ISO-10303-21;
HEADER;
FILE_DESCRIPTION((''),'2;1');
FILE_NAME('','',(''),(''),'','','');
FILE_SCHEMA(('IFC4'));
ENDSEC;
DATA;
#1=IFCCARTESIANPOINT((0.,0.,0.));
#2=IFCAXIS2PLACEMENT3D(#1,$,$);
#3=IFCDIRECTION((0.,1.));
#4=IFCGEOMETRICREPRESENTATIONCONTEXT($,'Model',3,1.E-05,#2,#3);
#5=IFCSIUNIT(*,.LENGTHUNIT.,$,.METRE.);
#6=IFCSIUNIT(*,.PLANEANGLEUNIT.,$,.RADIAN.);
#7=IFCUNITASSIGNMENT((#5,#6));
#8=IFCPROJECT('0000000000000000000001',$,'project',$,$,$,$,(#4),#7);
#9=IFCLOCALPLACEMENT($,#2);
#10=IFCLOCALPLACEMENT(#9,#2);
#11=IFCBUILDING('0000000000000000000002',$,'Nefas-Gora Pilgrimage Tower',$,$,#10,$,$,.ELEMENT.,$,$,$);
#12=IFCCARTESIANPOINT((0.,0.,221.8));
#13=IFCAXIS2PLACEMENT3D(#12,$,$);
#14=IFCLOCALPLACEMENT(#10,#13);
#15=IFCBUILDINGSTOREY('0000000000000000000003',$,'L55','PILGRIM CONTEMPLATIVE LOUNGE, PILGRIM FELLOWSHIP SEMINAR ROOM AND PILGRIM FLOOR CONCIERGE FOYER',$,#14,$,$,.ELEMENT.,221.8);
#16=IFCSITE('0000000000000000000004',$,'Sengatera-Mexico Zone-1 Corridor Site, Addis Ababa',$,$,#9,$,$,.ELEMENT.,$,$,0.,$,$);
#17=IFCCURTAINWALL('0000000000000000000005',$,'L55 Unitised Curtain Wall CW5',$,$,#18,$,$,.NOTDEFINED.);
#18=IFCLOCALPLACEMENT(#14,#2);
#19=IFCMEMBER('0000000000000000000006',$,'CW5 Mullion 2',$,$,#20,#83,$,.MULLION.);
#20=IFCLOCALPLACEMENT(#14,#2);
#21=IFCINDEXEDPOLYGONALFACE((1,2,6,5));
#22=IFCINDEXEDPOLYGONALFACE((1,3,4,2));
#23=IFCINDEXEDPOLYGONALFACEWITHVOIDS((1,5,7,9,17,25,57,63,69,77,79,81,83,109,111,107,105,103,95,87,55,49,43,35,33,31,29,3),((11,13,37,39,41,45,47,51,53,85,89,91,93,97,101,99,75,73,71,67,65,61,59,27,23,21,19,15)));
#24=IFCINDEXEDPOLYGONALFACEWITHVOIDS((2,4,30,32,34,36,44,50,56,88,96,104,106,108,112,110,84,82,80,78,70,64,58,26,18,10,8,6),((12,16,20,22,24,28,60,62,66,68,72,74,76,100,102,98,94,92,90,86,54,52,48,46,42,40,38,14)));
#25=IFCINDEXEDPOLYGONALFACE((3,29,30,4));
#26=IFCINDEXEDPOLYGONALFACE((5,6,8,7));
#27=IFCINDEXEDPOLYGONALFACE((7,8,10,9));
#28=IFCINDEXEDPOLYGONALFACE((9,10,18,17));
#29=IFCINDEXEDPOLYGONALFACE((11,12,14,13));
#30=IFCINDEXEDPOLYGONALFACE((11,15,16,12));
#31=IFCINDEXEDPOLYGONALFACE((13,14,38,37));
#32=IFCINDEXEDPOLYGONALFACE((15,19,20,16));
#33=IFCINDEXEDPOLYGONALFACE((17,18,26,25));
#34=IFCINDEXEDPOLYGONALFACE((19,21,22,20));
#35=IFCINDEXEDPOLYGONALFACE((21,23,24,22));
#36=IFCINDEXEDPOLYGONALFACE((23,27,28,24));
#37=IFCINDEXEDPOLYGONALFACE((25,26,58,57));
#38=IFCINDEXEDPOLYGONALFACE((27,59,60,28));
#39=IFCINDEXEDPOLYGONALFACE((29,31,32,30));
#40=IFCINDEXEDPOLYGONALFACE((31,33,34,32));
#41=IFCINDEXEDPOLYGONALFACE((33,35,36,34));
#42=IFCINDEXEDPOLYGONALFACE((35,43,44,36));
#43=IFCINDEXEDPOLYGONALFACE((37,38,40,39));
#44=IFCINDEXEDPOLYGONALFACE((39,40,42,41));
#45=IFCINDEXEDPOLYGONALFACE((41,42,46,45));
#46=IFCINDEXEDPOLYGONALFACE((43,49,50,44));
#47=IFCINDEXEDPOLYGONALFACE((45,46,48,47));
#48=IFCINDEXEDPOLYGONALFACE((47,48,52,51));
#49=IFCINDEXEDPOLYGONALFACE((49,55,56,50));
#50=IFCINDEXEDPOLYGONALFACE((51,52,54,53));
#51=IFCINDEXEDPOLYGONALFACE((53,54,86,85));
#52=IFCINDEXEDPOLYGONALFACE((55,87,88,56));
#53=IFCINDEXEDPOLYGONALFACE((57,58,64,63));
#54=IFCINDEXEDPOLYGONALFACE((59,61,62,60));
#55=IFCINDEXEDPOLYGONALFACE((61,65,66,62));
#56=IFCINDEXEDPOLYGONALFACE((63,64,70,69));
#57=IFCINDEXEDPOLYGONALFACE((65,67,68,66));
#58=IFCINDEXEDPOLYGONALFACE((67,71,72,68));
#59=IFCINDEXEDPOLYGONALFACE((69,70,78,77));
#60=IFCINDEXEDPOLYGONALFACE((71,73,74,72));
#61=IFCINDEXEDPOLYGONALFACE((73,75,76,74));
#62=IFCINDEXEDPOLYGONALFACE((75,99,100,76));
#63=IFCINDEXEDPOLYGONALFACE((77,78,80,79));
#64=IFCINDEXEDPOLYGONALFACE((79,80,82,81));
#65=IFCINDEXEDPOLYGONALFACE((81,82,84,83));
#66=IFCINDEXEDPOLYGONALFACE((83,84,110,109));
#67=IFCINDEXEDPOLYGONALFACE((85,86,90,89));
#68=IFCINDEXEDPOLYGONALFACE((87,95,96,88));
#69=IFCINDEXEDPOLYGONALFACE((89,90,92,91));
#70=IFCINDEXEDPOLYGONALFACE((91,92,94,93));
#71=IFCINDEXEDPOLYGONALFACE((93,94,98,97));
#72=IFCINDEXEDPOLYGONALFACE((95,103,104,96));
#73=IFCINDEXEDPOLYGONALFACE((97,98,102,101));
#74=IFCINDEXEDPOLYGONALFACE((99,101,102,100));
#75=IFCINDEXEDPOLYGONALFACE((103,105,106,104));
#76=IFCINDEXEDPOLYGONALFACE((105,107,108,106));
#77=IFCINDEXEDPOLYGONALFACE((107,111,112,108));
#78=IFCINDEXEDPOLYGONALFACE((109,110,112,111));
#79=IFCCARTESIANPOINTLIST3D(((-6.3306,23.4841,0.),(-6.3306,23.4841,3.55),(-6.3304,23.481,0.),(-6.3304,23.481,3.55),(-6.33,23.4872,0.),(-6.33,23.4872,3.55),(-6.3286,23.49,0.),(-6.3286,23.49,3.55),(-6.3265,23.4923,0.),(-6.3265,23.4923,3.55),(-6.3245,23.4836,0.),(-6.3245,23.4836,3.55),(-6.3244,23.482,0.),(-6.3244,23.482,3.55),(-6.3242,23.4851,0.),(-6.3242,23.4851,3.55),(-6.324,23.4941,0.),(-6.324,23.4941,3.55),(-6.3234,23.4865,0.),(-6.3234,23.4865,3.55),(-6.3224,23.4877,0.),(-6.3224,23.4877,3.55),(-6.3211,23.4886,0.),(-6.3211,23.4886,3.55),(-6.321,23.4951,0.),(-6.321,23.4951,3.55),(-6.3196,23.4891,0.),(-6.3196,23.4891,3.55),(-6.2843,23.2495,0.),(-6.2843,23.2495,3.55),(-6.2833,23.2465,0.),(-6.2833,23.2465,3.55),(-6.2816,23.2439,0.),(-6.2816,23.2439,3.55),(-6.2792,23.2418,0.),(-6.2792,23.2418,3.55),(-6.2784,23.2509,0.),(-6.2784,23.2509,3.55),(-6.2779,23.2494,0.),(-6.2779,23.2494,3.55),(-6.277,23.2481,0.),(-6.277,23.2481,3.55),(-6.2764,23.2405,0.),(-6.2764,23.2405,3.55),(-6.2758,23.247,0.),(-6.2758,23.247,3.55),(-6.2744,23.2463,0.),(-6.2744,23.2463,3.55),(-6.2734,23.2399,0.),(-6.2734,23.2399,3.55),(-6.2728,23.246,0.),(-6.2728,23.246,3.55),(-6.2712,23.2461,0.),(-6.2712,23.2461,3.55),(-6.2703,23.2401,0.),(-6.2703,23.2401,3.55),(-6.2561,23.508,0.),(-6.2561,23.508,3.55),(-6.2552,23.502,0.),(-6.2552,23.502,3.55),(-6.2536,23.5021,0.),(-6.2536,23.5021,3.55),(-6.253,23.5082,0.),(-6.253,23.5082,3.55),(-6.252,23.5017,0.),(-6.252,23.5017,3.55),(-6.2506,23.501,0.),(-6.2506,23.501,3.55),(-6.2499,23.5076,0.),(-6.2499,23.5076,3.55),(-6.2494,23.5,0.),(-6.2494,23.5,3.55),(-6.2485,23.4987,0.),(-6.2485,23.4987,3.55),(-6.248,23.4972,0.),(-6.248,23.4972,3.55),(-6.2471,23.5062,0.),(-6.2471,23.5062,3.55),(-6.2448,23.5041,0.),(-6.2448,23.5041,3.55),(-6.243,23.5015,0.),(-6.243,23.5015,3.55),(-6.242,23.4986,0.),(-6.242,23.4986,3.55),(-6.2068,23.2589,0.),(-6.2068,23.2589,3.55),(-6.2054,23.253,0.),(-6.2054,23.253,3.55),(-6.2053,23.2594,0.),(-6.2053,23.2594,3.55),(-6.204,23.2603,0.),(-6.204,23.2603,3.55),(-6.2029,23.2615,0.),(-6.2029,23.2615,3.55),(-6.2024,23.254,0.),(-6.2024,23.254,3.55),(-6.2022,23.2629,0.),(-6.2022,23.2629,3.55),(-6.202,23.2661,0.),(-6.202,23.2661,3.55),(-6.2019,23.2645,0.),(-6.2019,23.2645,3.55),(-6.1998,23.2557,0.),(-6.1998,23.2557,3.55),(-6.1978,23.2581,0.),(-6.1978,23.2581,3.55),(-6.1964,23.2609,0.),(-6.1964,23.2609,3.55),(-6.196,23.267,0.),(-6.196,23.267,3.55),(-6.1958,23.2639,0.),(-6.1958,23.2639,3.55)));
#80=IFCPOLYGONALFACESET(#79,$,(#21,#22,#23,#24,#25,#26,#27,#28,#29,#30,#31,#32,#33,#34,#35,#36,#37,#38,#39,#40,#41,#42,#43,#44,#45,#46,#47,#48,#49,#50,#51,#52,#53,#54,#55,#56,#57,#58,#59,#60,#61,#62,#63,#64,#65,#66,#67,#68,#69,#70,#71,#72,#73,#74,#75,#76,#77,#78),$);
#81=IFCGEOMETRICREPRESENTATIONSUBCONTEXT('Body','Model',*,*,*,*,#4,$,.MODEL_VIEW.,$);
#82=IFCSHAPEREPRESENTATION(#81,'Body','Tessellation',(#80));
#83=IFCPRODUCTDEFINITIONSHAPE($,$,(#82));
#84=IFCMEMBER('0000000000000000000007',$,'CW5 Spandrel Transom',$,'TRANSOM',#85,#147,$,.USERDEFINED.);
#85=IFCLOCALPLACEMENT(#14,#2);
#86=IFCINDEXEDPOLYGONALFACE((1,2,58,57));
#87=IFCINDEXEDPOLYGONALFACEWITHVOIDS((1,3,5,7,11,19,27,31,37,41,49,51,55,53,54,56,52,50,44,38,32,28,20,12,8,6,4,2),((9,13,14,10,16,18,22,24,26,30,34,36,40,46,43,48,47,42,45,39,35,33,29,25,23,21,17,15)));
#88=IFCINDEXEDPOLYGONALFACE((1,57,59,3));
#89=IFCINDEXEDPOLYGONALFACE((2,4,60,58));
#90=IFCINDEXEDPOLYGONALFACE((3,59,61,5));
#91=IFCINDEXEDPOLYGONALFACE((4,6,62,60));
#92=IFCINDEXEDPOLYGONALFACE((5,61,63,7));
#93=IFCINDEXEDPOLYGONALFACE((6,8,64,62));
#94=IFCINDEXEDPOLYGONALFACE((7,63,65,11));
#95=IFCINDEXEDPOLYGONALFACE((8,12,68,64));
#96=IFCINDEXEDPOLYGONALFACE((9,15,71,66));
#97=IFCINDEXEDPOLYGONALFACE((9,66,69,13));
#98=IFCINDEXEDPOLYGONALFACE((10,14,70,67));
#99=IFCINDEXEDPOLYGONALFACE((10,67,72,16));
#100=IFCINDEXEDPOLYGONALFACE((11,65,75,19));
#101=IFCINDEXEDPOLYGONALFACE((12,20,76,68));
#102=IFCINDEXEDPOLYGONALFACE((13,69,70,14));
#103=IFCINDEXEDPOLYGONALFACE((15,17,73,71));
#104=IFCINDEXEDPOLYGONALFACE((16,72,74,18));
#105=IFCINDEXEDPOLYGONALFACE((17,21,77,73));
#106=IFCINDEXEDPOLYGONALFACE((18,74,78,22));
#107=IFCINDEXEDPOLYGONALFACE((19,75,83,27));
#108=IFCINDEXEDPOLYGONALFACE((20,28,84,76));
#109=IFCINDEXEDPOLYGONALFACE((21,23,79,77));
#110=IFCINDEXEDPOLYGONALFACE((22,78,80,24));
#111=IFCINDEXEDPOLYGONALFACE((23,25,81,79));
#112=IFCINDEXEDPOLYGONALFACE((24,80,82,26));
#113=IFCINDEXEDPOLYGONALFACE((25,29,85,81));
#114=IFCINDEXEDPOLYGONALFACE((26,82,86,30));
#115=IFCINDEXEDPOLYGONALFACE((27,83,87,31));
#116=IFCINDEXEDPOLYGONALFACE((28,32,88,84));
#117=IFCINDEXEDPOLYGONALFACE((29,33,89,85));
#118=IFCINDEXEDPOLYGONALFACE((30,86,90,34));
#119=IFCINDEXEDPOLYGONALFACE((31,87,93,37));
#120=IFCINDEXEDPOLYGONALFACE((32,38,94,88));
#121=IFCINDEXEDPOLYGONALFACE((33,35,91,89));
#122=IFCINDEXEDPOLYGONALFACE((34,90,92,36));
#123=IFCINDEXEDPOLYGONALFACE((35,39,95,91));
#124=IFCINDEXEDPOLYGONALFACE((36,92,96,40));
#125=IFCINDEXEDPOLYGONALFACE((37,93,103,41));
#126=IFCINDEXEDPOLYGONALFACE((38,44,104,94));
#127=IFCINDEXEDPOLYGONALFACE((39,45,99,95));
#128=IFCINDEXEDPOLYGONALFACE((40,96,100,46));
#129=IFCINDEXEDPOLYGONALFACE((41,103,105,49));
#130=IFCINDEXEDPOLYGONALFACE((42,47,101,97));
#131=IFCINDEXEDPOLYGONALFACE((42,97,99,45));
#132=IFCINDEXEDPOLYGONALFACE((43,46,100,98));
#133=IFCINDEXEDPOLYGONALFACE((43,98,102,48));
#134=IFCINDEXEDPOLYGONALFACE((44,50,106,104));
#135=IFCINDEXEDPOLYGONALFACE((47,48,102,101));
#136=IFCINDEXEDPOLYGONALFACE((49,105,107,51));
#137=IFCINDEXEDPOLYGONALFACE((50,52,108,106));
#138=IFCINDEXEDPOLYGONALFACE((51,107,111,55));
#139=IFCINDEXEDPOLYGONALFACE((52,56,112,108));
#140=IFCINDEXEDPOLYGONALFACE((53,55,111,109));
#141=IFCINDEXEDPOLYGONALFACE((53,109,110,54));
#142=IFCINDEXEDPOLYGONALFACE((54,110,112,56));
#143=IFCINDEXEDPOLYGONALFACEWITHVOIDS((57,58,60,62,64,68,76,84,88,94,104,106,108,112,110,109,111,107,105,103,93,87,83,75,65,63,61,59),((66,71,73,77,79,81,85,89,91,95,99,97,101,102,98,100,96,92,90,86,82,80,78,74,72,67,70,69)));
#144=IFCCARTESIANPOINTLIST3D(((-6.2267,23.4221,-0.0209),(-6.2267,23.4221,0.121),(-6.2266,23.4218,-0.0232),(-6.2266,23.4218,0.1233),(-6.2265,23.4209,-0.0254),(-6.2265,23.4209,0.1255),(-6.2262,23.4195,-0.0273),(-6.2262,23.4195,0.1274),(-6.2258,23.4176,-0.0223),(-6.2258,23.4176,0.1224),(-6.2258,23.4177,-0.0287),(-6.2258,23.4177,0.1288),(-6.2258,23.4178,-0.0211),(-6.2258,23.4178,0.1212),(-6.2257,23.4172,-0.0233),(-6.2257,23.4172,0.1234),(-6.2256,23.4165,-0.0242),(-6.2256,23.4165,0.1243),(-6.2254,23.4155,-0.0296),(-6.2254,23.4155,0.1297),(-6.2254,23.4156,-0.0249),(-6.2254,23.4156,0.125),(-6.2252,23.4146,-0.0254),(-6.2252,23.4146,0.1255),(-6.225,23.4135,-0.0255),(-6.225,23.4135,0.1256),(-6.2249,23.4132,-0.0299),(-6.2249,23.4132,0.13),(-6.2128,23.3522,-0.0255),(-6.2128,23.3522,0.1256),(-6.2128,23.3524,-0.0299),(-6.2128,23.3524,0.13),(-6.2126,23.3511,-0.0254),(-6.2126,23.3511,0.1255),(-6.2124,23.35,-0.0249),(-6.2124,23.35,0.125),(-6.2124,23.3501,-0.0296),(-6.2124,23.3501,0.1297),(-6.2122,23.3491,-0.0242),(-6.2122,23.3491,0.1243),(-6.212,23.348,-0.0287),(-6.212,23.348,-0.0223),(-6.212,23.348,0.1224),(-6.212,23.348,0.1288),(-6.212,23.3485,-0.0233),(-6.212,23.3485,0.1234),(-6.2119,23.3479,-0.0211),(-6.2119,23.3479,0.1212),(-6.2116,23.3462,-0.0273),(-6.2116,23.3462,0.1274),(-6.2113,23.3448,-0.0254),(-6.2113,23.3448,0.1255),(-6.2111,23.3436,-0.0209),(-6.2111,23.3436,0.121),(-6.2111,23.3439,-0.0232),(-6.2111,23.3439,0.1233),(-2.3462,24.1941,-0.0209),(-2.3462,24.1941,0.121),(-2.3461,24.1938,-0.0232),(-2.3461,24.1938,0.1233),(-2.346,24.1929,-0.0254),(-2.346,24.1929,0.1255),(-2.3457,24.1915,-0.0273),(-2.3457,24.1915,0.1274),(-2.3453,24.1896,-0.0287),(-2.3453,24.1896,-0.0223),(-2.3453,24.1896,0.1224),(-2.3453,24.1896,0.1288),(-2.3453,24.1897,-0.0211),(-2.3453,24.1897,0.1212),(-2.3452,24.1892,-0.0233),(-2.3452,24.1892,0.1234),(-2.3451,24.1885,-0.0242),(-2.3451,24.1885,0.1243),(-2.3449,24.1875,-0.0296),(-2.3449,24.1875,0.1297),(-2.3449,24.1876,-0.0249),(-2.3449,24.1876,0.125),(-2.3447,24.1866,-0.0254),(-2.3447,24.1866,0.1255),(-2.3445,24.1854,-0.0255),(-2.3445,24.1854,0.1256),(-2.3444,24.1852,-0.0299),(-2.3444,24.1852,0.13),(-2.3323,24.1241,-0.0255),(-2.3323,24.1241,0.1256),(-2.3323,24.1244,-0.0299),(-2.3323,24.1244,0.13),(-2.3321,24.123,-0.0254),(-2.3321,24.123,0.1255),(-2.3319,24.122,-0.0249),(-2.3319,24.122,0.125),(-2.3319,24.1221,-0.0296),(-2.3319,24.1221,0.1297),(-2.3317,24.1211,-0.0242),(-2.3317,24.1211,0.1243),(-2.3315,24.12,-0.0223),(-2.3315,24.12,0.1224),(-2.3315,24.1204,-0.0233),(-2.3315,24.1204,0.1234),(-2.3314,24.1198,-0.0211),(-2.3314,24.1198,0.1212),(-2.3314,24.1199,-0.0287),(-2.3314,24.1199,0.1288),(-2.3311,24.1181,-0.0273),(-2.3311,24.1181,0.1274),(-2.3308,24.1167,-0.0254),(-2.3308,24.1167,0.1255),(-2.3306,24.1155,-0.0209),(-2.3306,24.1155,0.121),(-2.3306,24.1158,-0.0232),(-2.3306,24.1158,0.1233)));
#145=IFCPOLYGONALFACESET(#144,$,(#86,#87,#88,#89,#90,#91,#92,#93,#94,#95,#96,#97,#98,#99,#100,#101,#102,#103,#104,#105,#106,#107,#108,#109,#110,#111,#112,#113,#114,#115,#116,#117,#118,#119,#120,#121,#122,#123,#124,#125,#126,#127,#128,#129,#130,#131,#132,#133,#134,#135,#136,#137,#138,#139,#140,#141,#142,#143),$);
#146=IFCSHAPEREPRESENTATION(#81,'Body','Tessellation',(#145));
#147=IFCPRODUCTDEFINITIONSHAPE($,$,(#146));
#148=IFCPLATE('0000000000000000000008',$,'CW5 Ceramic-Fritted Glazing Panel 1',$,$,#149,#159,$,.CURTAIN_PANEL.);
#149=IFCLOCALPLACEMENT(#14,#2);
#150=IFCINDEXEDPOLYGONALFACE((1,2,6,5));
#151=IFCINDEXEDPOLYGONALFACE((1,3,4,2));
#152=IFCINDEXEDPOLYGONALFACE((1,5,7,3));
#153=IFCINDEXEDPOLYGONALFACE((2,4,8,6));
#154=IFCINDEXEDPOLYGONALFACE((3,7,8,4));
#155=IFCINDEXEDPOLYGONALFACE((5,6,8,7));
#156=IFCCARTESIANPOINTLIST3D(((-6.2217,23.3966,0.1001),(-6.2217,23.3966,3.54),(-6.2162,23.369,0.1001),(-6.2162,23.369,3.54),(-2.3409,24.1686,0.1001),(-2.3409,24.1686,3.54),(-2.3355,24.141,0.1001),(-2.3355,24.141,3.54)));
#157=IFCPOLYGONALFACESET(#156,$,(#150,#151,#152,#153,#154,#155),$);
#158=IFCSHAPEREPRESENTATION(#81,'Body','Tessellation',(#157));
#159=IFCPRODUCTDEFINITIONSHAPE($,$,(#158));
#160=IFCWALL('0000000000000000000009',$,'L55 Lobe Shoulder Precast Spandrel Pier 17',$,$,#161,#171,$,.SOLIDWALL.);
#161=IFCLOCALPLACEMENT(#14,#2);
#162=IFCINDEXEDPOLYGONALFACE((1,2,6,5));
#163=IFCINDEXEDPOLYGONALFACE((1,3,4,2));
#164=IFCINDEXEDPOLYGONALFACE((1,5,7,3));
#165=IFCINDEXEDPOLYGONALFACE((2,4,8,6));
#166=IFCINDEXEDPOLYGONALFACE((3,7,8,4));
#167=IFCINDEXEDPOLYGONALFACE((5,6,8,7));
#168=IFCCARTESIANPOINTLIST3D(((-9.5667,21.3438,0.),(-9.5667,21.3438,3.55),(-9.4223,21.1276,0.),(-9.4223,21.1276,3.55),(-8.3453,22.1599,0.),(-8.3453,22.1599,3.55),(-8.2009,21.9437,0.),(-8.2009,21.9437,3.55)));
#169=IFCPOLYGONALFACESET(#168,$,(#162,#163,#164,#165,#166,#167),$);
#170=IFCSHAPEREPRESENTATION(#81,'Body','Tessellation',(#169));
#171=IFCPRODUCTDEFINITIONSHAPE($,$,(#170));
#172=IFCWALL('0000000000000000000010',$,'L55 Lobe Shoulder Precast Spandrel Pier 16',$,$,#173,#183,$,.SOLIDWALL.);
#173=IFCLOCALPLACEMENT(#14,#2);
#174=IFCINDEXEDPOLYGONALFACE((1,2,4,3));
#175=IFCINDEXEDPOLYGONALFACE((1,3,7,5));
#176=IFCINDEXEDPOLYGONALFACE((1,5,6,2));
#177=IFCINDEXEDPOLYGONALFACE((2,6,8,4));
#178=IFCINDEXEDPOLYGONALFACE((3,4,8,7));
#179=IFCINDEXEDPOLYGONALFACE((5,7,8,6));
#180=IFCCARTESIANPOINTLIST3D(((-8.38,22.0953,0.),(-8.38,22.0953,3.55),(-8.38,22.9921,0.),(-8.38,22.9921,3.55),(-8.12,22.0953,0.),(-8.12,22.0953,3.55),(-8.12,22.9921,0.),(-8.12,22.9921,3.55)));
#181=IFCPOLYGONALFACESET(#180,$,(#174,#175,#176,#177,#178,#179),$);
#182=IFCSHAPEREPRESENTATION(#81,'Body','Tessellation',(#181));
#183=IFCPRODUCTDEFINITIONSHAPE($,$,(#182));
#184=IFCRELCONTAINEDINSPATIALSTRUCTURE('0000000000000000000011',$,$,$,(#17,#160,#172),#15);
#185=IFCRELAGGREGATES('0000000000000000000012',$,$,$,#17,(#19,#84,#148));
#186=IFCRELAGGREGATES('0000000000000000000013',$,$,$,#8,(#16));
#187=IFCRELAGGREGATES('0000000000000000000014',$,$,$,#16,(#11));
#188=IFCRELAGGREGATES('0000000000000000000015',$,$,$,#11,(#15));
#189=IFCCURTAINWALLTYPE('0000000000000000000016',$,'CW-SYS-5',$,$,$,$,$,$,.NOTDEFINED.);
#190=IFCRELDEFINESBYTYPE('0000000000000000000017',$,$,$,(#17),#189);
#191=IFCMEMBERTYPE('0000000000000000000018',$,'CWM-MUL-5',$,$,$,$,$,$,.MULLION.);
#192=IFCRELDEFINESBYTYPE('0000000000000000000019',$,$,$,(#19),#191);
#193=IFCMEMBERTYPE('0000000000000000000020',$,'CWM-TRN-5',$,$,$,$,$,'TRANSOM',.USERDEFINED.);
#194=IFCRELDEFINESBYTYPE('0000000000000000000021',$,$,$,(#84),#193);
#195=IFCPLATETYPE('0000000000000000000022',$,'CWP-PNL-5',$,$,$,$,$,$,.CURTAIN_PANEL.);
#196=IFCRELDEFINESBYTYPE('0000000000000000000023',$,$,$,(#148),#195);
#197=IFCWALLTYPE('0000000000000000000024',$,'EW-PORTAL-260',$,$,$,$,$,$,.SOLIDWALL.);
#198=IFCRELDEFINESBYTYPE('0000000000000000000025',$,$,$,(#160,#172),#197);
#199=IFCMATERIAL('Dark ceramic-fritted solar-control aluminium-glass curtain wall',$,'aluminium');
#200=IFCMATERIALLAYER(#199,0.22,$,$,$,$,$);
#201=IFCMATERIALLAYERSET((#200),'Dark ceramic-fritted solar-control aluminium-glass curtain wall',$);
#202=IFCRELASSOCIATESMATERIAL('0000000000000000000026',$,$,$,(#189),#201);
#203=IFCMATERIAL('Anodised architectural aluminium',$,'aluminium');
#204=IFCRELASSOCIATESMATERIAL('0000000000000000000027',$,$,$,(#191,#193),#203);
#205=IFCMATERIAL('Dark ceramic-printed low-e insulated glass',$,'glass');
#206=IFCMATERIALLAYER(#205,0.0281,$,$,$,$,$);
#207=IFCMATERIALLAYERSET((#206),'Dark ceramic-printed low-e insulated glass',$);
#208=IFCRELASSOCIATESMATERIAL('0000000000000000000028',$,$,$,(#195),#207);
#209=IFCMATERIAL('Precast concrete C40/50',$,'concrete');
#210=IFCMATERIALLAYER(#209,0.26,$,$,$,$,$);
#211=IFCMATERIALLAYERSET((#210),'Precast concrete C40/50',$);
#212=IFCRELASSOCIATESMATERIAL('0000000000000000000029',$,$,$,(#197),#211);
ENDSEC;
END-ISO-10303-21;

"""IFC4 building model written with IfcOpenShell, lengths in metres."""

from ifc_helpers import new_model, si_unit, direction, frame, frame_2d, origin, origin_2d, place, context, subcontext, project, spatial, rectangle, hollow_rectangle, extrude, source, transform, mapped, material, layer, layer_set, material_profile, profile_set, type_object, element, aggregate, save


model = new_model("IFC4")

# Units and contexts
model_context = context("Model", 3, precision=1e-05, world=origin(), true_north=direction((0.0, 1.0)))
body_context = subcontext(model_context, "Body", "Model", "MODEL_VIEW")
ifc_project = project(units=[si_unit("LENGTHUNIT", "METRE"), si_unit("PLANEANGLEUNIT", "RADIAN")], contexts=[model_context])

# Site, building, storey
site_placement = place(None, origin())
site = spatial("IfcSite", under=ifc_project, at=site_placement, Name="Sengatera-Mexico Zone-1 Corridor Site, Addis Ababa", CompositionType="ELEMENT", RefElevation=0.0)
building_placement = place(site_placement, origin())
building = spatial("IfcBuilding", under=site, at=building_placement, Name="Nefas-Gora Pilgrimage Tower", CompositionType="ELEMENT")
storey_placement = place(building_placement, frame((0.0, 0.0, 221.8)))
storey = spatial("IfcBuildingStorey", under=building, at=storey_placement, Name="L55", Description="PILGRIM CONTEMPLATIVE LOUNGE, PILGRIM FELLOWSHIP SEMINAR ROOM AND PILGRIM FLOOR CONCIERGE FOYER", CompositionType="ELEMENT", Elevation=221.8)

# Shared definitions
ifc_material_1 = material(Name="Dark ceramic-fritted solar-control aluminium-glass curtain wall", Category="aluminium")
ifc_layer_1 = layer(ifc_material_1, 0.22)
ifc_layer_set_1 = layer_set([ifc_layer_1], Name="Dark ceramic-fritted solar-control aluminium-glass curtain wall")
curtain_wall_type = type_object("IfcCurtainWallType", Name="CW-SYS-5", PredefinedType="NOTDEFINED", material=ifc_layer_set_1)
ifc_material_2 = material(Name="Anodised architectural aluminium", Category="aluminium")
ifc_material_profile_1 = material_profile(ifc_material_2, hollow_rectangle(XDim=0.0901, YDim=0.26, WallThickness=0.0061, InnerFilletRadius=0.0061, OuterFilletRadius=0.012, at=origin_2d()), Name="ALU MULLION 90x260")
ifc_profile_set_1 = profile_set([ifc_material_profile_1], Name="Anodised architectural aluminium")
member_type_1 = type_object("IfcMemberType", Name="CWM-MUL-5", PredefinedType="MULLION", material=ifc_profile_set_1)
shared_shape_1 = source(origin(), body_context, "Body", "SweptSolid", [
    extrude(hollow_rectangle(XDim=0.0901, YDim=0.26, WallThickness=0.0061, InnerFilletRadius=0.0061, OuterFilletRadius=0.012, at=origin_2d()), origin(), (0.0, 0.0, 1.0), 3.55),
])

# Curtain wall, members, plate
curtain_wall_1_placement = place(storey_placement, origin())
curtain_wall_1 = element("IfcCurtainWall", 1, at=curtain_wall_1_placement, inside=storey, type_object=curtain_wall_type, Name="L55 Unitised Curtain Wall CW5", PredefinedType="NOTDEFINED")
member_1_placement = place(storey_placement, frame((-6.2632, 23.374, 0.0), z_axis=(0.0, 0.0, 1.0), x_axis=(-0.980783, -0.195102, 0.0)))
member_1 = element("IfcMember", 2, at=member_1_placement, type_object=member_type_1, Name="CW5 Mullion 2", PredefinedType="MULLION", context=body_context, shape_type="MappedRepresentation", body=[
    mapped(shared_shape_1, transform((0.0, 0.0, 0.0), x_axis=(1.0, 0.0, 0.0), y_axis=(0.0, 1.0, 0.0), z_axis=(0.0, 0.0, 1.0), scale=1.0)),
])
ifc_material_profile_2 = material_profile(ifc_material_2, hollow_rectangle(XDim=0.0801, YDim=0.1599, WallThickness=0.0044, InnerFilletRadius=0.0044, OuterFilletRadius=0.009, at=origin_2d()), Name="ALU TRANSOM 80x160")
ifc_profile_set_2 = profile_set([ifc_material_profile_2], Name="Anodised architectural aluminium")
member_type_2 = type_object("IfcMemberType", Name="CWM-TRN-5", ElementType="TRANSOM", PredefinedType="USERDEFINED", material=ifc_profile_set_2)
shared_shape_2 = source(origin(), body_context, "Body", "SweptSolid", [
    extrude(hollow_rectangle(XDim=0.0801, YDim=0.1599, WallThickness=0.0044, InnerFilletRadius=0.0044, OuterFilletRadius=0.009, at=origin_2d()), origin(), (0.0, 0.0, 1.0), 3.9565),
])
member_2_placement = place(storey_placement, frame((-2.3384, 24.1548, 0.05), z_axis=(-0.980782, -0.195107, 0.0), x_axis=(0.195107, -0.980782, 0.0)))
member_2 = element("IfcMember", 3, at=member_2_placement, type_object=member_type_2, Name="CW5 Spandrel Transom", ObjectType="TRANSOM", PredefinedType="USERDEFINED", context=body_context, shape_type="MappedRepresentation", body=[
    mapped(shared_shape_2, transform((0.0, 0.0, 0.0), x_axis=(1.0, 0.0, 0.0), y_axis=(0.0, 1.0, 0.0), z_axis=(0.0, 0.0, 1.0), scale=1.0)),
])
ifc_material_3 = material(Name="Dark ceramic-printed low-e insulated glass", Category="glass")
ifc_layer_2 = layer(ifc_material_3, 0.0281)
ifc_layer_set_2 = layer_set([ifc_layer_2], Name="Dark ceramic-printed low-e insulated glass")
plate_type = type_object("IfcPlateType", Name="CWP-PNL-5", PredefinedType="CURTAIN_PANEL", material=ifc_layer_set_2)
shared_shape_3 = source(origin(), body_context, "Body", "SweptSolid", [
    extrude(rectangle(XDim=3.9568, YDim=0.0281, at=origin_2d()), origin(), (0.0, 0.0, 1.0), 3.4399),
])
plate_placement = place(storey_placement, frame((-4.2786, 23.7688, 0.1001), z_axis=(0.0, 0.0, 1.0), x_axis=(-0.980783, -0.195102, 0.0)))
plate = element("IfcPlate", 4, at=plate_placement, type_object=plate_type, Name="CW5 Ceramic-Fritted Glazing Panel 1", PredefinedType="CURTAIN_PANEL", context=body_context, shape_type="MappedRepresentation", body=[
    mapped(shared_shape_3, transform((0.0, 0.0, 0.0), x_axis=(1.0, 0.0, 0.0), y_axis=(0.0, 1.0, 0.0), z_axis=(0.0, 0.0, 1.0), scale=1.0)),
])
aggregate(curtain_wall_1, [member_1, member_2, plate])

# Walls
ifc_material_4 = material(Name="Precast concrete C40/50", Category="concrete")
ifc_layer_3 = layer(ifc_material_4, 0.26)
ifc_layer_set_3 = layer_set([ifc_layer_3], Name="Precast concrete C40/50")
wall_type_1 = type_object("IfcWallType", Name="EW-PORTAL-260", PredefinedType="SOLIDWALL", material=ifc_layer_set_3)
shared_shape_4 = source(origin(), body_context, "Body", "SweptSolid", [
    extrude(rectangle(XDim=1.469, YDim=0.26, at=frame_2d((0.7344, 0.0))), origin(), (0.0, 0.0, 1.0), 3.55),
])
wall_1_placement = place(storey_placement, frame((-8.2732, 22.0518, 0.0), z_axis=(0.0, 0.0, 1.0), x_axis=(-0.831462, -0.555582, 0.0)))
element("IfcWall", 5, at=wall_1_placement, inside=storey, type_object=wall_type_1, Name="L55 Lobe Shoulder Precast Spandrel Pier 17", PredefinedType="SOLIDWALL", context=body_context, shape_type="MappedRepresentation", body=[
    mapped(shared_shape_4, transform((0.0, 0.0, 0.0), x_axis=(1.0, 0.0, 0.0), y_axis=(0.0, 1.0, 0.0), z_axis=(0.0, 0.0, 1.0), scale=1.0)),
])
shared_shape_5 = source(origin(), body_context, "Body", "SweptSolid", [
    extrude(rectangle(XDim=0.8967, YDim=0.26, at=frame_2d((0.4482, 0.0))), origin(), (0.0, 0.0, 1.0), 3.55),
])
wall_2_placement = place(storey_placement, frame((-8.25, 22.9919, 0.0), z_axis=(0.0, 0.0, 1.0), x_axis=(0.0, -1.0, 0.0)))
element("IfcWall", 6, at=wall_2_placement, inside=storey, type_object=wall_type_1, Name="L55 Lobe Shoulder Precast Spandrel Pier 16", PredefinedType="SOLIDWALL", context=body_context, shape_type="MappedRepresentation", body=[
    mapped(shared_shape_5, transform((0.0, 0.0, 0.0), x_axis=(1.0, 0.0, 0.0), y_axis=(0.0, 1.0, 0.0), z_axis=(0.0, 0.0, 1.0), scale=1.0)),
])

save(model, "model.ifc")
